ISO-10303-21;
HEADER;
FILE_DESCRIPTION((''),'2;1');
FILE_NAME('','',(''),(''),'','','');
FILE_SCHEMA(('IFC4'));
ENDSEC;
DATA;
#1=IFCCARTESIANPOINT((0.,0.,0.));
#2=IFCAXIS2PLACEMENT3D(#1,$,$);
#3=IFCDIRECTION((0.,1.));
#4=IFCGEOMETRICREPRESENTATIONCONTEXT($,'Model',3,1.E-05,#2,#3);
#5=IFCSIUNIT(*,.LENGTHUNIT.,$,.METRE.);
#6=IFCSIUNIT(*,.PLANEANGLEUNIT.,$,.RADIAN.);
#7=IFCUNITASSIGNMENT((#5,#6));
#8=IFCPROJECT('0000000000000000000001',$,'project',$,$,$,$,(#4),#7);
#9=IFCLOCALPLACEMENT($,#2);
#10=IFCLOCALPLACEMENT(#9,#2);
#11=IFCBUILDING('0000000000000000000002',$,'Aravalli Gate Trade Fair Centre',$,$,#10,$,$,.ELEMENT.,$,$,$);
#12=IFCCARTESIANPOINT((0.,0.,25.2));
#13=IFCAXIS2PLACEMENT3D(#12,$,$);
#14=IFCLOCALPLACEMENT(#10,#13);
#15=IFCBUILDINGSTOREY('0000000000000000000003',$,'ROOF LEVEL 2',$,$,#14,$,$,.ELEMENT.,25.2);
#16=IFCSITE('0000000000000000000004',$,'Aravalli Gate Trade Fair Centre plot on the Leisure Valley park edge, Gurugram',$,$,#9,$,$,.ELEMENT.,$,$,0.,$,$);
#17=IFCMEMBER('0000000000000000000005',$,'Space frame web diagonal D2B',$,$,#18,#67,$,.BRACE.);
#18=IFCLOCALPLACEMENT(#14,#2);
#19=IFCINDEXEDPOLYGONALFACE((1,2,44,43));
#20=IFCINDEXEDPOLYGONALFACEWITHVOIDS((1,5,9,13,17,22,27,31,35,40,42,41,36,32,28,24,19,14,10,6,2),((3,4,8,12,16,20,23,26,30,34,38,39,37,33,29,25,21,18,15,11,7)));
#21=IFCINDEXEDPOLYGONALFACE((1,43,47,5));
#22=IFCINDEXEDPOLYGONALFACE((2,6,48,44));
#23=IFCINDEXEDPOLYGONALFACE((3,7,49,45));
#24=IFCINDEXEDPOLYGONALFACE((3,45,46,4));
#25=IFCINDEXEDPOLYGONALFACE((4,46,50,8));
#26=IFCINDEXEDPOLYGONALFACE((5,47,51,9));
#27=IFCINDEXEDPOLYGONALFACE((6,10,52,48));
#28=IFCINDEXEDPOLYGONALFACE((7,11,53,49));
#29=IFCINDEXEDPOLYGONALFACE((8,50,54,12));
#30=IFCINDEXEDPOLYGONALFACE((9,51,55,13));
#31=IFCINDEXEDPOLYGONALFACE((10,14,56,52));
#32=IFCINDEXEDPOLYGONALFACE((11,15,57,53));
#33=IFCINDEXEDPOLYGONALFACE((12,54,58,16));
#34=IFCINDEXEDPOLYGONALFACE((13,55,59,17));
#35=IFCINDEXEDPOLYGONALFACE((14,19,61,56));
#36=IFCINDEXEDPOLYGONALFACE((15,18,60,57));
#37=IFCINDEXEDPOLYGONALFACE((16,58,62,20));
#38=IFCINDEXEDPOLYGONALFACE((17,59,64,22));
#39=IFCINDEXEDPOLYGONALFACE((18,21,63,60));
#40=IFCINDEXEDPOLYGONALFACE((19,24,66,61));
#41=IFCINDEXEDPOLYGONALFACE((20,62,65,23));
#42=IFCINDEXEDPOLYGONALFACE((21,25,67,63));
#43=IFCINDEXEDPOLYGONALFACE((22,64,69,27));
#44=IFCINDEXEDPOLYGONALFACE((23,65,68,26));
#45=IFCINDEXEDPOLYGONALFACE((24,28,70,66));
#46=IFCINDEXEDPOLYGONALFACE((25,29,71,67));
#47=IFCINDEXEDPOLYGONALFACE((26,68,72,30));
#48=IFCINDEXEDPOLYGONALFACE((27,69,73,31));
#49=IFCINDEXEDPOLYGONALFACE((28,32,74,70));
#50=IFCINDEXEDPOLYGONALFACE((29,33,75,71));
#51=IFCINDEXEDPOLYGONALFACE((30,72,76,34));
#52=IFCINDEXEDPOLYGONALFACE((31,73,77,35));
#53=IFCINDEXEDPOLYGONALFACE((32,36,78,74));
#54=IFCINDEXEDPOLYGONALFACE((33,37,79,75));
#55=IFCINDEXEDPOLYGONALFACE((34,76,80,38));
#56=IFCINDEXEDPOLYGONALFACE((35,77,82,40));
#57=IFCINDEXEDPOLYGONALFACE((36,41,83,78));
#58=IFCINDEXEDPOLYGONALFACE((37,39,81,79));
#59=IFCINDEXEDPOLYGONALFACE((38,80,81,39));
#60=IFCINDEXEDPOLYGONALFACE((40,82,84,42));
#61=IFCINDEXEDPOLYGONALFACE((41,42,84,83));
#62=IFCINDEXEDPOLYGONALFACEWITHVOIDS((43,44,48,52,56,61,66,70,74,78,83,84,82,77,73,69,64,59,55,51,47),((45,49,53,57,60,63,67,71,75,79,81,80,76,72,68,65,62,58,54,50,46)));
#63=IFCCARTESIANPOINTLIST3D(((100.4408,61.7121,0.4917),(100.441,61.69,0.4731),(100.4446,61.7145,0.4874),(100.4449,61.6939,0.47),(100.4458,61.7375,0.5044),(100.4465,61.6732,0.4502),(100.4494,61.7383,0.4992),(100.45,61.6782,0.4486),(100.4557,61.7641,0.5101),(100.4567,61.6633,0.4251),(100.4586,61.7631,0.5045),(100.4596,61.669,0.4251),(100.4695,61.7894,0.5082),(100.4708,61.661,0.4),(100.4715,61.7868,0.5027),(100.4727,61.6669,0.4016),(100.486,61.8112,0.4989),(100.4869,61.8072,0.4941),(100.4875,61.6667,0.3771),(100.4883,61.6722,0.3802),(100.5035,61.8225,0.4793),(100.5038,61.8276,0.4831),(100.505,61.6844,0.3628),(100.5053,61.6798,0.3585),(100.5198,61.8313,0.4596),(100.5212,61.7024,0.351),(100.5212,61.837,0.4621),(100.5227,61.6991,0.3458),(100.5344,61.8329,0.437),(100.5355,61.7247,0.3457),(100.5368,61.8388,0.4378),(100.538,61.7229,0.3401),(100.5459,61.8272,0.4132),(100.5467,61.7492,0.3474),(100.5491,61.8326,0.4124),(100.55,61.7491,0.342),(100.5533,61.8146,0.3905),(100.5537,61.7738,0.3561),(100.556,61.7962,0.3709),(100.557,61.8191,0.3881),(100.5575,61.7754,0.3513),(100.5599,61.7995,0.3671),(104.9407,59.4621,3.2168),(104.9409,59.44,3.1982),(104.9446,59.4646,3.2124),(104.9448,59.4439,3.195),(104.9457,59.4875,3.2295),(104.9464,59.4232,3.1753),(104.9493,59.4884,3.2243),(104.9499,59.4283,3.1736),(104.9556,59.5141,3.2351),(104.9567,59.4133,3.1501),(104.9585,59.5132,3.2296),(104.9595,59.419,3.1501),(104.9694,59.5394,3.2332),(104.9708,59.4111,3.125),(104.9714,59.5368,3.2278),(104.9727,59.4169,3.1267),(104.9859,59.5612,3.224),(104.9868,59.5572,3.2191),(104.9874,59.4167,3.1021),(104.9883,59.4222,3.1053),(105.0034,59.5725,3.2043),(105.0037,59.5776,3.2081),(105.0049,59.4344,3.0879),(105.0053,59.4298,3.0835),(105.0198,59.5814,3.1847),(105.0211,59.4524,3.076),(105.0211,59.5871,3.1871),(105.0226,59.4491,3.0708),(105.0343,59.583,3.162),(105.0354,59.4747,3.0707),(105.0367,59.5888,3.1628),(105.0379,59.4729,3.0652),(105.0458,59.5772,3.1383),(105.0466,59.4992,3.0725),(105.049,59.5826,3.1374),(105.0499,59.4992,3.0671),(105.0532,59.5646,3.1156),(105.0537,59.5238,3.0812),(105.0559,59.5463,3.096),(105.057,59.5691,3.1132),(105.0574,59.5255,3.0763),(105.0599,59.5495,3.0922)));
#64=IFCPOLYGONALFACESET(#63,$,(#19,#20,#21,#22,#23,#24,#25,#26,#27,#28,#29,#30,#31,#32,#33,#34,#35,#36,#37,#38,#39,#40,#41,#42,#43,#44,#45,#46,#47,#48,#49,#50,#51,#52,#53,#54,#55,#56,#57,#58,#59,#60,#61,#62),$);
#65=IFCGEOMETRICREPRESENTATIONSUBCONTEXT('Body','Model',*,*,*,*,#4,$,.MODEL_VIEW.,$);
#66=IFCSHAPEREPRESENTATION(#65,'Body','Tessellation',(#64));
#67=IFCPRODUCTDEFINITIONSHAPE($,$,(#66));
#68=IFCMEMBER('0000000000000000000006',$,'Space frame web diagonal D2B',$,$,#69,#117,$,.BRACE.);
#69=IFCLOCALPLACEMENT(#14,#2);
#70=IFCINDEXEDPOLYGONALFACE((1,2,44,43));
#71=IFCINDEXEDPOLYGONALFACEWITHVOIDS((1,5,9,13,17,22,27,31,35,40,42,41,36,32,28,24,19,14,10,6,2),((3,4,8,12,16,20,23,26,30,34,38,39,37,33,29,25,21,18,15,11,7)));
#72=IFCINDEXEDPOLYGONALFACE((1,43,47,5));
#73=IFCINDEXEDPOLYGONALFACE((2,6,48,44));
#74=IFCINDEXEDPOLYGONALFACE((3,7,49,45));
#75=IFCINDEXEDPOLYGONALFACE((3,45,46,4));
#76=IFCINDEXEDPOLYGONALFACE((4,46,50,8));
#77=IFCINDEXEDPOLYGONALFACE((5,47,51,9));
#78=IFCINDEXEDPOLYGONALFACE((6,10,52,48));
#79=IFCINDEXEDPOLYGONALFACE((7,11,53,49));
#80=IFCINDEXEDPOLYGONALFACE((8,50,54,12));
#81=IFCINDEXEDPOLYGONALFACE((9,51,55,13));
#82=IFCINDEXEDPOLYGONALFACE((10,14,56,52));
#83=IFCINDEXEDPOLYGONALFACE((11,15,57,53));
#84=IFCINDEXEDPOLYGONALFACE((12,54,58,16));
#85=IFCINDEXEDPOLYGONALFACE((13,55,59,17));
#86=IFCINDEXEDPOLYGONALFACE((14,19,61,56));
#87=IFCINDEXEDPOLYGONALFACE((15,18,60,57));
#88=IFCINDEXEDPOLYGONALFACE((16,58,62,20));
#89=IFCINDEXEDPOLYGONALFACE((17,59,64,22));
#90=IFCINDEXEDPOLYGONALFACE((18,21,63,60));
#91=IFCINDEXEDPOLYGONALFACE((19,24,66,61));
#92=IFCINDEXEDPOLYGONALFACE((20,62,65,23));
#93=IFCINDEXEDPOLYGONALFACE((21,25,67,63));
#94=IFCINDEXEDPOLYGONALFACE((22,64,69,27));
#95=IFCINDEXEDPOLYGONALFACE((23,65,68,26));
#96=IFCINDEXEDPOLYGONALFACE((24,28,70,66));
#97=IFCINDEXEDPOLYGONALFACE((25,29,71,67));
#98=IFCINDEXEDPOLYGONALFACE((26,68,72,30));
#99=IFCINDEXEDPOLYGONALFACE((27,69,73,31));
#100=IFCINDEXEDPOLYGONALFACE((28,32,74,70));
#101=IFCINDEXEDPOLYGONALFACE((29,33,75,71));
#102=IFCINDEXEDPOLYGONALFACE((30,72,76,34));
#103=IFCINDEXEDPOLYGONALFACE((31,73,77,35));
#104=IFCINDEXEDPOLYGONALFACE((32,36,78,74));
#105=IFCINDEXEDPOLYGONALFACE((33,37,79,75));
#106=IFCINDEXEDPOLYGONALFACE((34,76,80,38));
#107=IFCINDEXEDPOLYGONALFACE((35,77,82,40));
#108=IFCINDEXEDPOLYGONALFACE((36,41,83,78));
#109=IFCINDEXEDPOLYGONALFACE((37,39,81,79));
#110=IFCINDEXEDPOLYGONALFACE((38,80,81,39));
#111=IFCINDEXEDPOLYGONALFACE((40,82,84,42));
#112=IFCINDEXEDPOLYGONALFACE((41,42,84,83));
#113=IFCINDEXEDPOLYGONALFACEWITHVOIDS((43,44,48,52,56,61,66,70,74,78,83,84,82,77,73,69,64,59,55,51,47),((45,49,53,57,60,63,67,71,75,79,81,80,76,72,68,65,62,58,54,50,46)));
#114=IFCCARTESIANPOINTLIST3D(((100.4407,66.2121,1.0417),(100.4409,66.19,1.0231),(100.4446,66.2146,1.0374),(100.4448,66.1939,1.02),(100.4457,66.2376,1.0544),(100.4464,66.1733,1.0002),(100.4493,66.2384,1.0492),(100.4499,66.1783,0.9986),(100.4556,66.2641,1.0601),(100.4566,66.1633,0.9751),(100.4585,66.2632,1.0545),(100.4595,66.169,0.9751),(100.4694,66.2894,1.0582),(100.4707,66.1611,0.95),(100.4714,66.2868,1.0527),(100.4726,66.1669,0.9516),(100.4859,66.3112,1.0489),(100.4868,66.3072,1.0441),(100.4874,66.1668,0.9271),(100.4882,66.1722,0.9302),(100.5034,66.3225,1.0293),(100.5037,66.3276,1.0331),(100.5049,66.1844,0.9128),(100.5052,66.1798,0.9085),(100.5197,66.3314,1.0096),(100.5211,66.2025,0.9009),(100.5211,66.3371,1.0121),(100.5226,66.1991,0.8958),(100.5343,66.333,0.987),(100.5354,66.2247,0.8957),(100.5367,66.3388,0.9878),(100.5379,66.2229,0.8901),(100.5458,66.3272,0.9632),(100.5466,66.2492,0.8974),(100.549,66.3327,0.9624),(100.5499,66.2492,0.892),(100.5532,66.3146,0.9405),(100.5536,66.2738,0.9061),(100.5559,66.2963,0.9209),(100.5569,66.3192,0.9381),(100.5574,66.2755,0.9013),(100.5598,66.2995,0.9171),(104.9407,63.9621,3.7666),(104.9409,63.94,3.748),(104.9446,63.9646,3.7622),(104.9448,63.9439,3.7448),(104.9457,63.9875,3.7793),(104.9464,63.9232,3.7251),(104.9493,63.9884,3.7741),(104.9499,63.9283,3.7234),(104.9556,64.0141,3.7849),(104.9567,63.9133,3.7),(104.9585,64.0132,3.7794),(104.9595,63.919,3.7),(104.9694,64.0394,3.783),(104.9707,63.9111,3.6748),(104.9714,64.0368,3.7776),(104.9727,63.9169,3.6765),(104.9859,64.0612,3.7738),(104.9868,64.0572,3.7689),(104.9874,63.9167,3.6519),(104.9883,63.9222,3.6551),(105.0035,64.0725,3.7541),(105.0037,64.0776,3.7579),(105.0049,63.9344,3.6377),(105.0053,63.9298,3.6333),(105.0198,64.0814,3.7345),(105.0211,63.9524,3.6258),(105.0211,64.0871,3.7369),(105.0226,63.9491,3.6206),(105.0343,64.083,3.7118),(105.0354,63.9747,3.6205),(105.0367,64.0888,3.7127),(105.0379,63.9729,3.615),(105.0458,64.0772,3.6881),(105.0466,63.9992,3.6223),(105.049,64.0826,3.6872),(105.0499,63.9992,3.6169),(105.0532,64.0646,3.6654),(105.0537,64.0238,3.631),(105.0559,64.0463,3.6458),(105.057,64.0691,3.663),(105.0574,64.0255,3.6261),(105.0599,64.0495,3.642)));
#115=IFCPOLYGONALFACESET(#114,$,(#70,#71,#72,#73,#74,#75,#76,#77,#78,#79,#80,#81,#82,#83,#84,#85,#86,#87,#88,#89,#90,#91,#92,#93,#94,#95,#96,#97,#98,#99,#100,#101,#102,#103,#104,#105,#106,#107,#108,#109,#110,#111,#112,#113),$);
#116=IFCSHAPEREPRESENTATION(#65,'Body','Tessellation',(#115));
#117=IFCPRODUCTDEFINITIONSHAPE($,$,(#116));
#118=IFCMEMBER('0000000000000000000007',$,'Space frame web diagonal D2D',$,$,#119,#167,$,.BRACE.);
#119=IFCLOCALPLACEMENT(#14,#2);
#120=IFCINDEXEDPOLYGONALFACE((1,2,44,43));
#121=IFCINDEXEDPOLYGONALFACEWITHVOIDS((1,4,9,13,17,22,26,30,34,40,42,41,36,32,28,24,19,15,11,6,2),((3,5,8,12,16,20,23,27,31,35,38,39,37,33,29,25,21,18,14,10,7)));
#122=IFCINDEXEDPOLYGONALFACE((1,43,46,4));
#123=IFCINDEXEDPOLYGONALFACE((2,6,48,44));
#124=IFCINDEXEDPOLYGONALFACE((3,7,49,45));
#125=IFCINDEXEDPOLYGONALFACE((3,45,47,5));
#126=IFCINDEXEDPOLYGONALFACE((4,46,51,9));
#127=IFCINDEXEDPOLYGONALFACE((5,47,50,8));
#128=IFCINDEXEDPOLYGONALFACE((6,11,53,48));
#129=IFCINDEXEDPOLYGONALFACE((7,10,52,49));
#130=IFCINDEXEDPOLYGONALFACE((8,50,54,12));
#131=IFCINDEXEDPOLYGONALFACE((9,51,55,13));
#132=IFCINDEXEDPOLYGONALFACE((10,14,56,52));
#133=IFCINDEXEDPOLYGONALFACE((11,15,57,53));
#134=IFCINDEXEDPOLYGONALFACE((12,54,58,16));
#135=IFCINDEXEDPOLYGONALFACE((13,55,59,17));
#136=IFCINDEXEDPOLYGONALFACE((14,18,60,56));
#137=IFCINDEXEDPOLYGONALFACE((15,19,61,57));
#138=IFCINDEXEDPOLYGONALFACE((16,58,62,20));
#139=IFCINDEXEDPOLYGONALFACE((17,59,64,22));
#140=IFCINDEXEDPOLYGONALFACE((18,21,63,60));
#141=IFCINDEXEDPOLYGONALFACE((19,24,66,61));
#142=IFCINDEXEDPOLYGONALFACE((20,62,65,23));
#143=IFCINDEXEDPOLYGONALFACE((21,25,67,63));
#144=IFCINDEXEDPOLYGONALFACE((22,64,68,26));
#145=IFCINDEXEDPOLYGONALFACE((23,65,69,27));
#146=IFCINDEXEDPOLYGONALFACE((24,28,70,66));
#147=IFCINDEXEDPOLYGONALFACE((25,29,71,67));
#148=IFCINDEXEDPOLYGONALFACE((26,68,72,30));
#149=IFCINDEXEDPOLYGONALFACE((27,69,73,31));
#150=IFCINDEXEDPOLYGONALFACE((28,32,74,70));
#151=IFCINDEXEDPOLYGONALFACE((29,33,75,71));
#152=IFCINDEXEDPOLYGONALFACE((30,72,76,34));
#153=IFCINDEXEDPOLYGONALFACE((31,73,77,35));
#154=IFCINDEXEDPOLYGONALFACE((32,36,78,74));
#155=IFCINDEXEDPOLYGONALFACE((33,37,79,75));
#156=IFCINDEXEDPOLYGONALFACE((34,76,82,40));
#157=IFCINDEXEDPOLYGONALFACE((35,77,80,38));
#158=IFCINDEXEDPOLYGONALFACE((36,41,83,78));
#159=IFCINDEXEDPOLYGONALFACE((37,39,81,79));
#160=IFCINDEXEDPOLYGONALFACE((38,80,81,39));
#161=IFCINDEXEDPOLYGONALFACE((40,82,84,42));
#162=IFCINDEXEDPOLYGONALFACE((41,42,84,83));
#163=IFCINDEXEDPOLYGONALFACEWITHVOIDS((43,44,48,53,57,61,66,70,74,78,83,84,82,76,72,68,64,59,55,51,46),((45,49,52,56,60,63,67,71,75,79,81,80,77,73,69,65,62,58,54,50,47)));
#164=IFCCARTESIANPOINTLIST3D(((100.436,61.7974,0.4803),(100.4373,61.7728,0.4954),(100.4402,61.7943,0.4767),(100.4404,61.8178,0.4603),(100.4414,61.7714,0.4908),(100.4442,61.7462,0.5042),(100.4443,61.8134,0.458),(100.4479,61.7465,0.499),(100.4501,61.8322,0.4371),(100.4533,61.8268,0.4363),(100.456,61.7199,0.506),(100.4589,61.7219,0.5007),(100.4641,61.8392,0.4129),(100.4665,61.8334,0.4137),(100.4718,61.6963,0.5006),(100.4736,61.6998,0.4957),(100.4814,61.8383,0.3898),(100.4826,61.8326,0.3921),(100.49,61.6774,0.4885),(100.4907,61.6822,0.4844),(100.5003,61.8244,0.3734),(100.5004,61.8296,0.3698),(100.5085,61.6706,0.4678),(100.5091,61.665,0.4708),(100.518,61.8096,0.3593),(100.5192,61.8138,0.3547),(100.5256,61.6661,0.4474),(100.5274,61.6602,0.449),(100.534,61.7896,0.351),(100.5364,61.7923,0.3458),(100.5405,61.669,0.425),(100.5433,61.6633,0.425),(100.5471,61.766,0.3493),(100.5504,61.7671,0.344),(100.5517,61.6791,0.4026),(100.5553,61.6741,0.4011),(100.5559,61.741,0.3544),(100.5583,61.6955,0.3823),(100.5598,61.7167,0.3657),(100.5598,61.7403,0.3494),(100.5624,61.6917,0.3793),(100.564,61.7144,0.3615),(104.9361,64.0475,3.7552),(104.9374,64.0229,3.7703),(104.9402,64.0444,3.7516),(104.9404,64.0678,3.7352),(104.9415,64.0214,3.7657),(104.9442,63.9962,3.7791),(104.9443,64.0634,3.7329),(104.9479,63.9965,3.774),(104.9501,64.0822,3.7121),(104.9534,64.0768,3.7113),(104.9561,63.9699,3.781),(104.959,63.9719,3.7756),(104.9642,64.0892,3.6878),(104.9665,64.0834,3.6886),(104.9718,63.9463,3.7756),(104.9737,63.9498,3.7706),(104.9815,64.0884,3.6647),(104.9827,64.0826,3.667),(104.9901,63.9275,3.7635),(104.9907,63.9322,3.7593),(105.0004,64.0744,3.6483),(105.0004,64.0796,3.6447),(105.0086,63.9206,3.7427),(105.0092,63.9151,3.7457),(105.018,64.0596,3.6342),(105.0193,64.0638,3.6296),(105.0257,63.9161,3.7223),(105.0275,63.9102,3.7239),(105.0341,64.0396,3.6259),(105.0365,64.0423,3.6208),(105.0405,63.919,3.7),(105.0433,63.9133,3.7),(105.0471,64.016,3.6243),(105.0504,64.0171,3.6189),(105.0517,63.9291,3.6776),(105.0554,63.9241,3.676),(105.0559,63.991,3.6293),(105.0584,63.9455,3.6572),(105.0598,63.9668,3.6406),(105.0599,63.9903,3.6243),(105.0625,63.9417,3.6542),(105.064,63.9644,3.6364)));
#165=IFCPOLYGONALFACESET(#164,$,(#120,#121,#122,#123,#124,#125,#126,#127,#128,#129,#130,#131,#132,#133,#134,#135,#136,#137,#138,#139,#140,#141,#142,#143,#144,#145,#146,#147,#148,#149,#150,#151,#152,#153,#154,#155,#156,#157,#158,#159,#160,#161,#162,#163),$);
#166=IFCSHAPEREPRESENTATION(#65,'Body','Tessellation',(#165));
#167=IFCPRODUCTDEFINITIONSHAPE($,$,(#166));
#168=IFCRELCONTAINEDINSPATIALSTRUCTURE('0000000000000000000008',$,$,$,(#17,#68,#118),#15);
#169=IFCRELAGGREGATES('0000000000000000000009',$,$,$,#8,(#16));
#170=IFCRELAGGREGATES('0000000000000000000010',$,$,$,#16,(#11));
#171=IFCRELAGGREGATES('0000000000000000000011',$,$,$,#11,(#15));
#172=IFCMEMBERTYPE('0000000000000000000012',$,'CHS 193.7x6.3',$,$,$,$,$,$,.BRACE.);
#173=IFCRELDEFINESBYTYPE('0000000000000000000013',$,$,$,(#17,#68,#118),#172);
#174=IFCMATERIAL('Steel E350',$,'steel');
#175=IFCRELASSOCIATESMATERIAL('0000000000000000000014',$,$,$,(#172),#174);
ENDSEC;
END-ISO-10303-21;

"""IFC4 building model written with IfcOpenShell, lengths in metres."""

from ifc_helpers import new_model, si_unit, direction, frame, origin, origin_2d, place, context, subcontext, project, spatial, hollow_circle, extrude, material, material_profile, profile_set, type_object, element, save


model = new_model("IFC4")

# Units and contexts
model_context = context("Model", 3, precision=1e-05, world=origin(), true_north=direction((0.0, 1.0)))
body_context = subcontext(model_context, "Body", "Model", "MODEL_VIEW")
ifc_project = project(units=[si_unit("LENGTHUNIT", "METRE"), si_unit("PLANEANGLEUNIT", "RADIAN")], contexts=[model_context])

# Site, building, storey
site_placement = place(None, origin())
site = spatial("IfcSite", under=ifc_project, at=site_placement, Name="Aravalli Gate Trade Fair Centre plot on the Leisure Valley park edge, Gurugram", CompositionType="ELEMENT", RefElevation=0.0)
building_placement = place(site_placement, origin())
building = spatial("IfcBuilding", under=site, at=building_placement, Name="Aravalli Gate Trade Fair Centre", CompositionType="ELEMENT")
storey_placement = place(building_placement, frame((0.0, 0.0, 25.2)))
storey = spatial("IfcBuildingStorey", under=building, at=storey_placement, Name="ROOF LEVEL 2", CompositionType="ELEMENT", Elevation=25.2)

# Members
ifc_material_1 = material(Name="Steel E350", Category="steel")
ifc_material_profile_1 = material_profile(ifc_material_1, hollow_circle(Radius=0.0969, WallThickness=0.0063, at=origin_2d()), Name="CHS 193.7x6.3")
ifc_profile_set_1 = profile_set([ifc_material_profile_1], Name="Steel E350")
member_type_1 = type_object("IfcMemberType", Name="CHS 193.7x6.3", PredefinedType="BRACE", material=ifc_profile_set_1)
for number, where, z_axis, x_axis, name in (
    (1, (105.0, 59.5, 3.1501), (-0.78647, 0.393235, -0.476268), (-0.447214, -0.894427, 0.0), "Space frame web diagonal D2B"),
    (2, (105.0, 64.0, 3.7), (-0.786486, 0.393243, -0.476235), (-0.447214, -0.894427, 0.0), "Space frame web diagonal D2B"),
):
    element("IfcMember", number, at=place(storey_placement, frame(where, z_axis=z_axis, x_axis=x_axis)), inside=storey, type_object=member_type_1, Name=name, PredefinedType="BRACE", context=body_context, shape_type="SweptSolid", body=[
        extrude(hollow_circle(Radius=0.0969, WallThickness=0.0063, at=origin_2d()), origin(), (0.0, 0.0, 1.0), 5.7217),
    ])
for number, where, z_axis, x_axis, name in (
    (3, (105.0, 64.0, 3.7), (-0.74961, -0.374805, -0.545533), (0.447214, -0.894427, 0.0), "Space frame web diagonal D2D"),
):
    element("IfcMember", number, at=place(storey_placement, frame(where, z_axis=z_axis, x_axis=x_axis)), inside=storey, type_object=member_type_1, Name=name, PredefinedType="BRACE", context=body_context, shape_type="SweptSolid", body=[
        extrude(hollow_circle(Radius=0.0969, WallThickness=0.0063, at=origin_2d()), origin(), (0.0, 0.0, 1.0), 6.0032),
    ])

save(model, "model.ifc")
